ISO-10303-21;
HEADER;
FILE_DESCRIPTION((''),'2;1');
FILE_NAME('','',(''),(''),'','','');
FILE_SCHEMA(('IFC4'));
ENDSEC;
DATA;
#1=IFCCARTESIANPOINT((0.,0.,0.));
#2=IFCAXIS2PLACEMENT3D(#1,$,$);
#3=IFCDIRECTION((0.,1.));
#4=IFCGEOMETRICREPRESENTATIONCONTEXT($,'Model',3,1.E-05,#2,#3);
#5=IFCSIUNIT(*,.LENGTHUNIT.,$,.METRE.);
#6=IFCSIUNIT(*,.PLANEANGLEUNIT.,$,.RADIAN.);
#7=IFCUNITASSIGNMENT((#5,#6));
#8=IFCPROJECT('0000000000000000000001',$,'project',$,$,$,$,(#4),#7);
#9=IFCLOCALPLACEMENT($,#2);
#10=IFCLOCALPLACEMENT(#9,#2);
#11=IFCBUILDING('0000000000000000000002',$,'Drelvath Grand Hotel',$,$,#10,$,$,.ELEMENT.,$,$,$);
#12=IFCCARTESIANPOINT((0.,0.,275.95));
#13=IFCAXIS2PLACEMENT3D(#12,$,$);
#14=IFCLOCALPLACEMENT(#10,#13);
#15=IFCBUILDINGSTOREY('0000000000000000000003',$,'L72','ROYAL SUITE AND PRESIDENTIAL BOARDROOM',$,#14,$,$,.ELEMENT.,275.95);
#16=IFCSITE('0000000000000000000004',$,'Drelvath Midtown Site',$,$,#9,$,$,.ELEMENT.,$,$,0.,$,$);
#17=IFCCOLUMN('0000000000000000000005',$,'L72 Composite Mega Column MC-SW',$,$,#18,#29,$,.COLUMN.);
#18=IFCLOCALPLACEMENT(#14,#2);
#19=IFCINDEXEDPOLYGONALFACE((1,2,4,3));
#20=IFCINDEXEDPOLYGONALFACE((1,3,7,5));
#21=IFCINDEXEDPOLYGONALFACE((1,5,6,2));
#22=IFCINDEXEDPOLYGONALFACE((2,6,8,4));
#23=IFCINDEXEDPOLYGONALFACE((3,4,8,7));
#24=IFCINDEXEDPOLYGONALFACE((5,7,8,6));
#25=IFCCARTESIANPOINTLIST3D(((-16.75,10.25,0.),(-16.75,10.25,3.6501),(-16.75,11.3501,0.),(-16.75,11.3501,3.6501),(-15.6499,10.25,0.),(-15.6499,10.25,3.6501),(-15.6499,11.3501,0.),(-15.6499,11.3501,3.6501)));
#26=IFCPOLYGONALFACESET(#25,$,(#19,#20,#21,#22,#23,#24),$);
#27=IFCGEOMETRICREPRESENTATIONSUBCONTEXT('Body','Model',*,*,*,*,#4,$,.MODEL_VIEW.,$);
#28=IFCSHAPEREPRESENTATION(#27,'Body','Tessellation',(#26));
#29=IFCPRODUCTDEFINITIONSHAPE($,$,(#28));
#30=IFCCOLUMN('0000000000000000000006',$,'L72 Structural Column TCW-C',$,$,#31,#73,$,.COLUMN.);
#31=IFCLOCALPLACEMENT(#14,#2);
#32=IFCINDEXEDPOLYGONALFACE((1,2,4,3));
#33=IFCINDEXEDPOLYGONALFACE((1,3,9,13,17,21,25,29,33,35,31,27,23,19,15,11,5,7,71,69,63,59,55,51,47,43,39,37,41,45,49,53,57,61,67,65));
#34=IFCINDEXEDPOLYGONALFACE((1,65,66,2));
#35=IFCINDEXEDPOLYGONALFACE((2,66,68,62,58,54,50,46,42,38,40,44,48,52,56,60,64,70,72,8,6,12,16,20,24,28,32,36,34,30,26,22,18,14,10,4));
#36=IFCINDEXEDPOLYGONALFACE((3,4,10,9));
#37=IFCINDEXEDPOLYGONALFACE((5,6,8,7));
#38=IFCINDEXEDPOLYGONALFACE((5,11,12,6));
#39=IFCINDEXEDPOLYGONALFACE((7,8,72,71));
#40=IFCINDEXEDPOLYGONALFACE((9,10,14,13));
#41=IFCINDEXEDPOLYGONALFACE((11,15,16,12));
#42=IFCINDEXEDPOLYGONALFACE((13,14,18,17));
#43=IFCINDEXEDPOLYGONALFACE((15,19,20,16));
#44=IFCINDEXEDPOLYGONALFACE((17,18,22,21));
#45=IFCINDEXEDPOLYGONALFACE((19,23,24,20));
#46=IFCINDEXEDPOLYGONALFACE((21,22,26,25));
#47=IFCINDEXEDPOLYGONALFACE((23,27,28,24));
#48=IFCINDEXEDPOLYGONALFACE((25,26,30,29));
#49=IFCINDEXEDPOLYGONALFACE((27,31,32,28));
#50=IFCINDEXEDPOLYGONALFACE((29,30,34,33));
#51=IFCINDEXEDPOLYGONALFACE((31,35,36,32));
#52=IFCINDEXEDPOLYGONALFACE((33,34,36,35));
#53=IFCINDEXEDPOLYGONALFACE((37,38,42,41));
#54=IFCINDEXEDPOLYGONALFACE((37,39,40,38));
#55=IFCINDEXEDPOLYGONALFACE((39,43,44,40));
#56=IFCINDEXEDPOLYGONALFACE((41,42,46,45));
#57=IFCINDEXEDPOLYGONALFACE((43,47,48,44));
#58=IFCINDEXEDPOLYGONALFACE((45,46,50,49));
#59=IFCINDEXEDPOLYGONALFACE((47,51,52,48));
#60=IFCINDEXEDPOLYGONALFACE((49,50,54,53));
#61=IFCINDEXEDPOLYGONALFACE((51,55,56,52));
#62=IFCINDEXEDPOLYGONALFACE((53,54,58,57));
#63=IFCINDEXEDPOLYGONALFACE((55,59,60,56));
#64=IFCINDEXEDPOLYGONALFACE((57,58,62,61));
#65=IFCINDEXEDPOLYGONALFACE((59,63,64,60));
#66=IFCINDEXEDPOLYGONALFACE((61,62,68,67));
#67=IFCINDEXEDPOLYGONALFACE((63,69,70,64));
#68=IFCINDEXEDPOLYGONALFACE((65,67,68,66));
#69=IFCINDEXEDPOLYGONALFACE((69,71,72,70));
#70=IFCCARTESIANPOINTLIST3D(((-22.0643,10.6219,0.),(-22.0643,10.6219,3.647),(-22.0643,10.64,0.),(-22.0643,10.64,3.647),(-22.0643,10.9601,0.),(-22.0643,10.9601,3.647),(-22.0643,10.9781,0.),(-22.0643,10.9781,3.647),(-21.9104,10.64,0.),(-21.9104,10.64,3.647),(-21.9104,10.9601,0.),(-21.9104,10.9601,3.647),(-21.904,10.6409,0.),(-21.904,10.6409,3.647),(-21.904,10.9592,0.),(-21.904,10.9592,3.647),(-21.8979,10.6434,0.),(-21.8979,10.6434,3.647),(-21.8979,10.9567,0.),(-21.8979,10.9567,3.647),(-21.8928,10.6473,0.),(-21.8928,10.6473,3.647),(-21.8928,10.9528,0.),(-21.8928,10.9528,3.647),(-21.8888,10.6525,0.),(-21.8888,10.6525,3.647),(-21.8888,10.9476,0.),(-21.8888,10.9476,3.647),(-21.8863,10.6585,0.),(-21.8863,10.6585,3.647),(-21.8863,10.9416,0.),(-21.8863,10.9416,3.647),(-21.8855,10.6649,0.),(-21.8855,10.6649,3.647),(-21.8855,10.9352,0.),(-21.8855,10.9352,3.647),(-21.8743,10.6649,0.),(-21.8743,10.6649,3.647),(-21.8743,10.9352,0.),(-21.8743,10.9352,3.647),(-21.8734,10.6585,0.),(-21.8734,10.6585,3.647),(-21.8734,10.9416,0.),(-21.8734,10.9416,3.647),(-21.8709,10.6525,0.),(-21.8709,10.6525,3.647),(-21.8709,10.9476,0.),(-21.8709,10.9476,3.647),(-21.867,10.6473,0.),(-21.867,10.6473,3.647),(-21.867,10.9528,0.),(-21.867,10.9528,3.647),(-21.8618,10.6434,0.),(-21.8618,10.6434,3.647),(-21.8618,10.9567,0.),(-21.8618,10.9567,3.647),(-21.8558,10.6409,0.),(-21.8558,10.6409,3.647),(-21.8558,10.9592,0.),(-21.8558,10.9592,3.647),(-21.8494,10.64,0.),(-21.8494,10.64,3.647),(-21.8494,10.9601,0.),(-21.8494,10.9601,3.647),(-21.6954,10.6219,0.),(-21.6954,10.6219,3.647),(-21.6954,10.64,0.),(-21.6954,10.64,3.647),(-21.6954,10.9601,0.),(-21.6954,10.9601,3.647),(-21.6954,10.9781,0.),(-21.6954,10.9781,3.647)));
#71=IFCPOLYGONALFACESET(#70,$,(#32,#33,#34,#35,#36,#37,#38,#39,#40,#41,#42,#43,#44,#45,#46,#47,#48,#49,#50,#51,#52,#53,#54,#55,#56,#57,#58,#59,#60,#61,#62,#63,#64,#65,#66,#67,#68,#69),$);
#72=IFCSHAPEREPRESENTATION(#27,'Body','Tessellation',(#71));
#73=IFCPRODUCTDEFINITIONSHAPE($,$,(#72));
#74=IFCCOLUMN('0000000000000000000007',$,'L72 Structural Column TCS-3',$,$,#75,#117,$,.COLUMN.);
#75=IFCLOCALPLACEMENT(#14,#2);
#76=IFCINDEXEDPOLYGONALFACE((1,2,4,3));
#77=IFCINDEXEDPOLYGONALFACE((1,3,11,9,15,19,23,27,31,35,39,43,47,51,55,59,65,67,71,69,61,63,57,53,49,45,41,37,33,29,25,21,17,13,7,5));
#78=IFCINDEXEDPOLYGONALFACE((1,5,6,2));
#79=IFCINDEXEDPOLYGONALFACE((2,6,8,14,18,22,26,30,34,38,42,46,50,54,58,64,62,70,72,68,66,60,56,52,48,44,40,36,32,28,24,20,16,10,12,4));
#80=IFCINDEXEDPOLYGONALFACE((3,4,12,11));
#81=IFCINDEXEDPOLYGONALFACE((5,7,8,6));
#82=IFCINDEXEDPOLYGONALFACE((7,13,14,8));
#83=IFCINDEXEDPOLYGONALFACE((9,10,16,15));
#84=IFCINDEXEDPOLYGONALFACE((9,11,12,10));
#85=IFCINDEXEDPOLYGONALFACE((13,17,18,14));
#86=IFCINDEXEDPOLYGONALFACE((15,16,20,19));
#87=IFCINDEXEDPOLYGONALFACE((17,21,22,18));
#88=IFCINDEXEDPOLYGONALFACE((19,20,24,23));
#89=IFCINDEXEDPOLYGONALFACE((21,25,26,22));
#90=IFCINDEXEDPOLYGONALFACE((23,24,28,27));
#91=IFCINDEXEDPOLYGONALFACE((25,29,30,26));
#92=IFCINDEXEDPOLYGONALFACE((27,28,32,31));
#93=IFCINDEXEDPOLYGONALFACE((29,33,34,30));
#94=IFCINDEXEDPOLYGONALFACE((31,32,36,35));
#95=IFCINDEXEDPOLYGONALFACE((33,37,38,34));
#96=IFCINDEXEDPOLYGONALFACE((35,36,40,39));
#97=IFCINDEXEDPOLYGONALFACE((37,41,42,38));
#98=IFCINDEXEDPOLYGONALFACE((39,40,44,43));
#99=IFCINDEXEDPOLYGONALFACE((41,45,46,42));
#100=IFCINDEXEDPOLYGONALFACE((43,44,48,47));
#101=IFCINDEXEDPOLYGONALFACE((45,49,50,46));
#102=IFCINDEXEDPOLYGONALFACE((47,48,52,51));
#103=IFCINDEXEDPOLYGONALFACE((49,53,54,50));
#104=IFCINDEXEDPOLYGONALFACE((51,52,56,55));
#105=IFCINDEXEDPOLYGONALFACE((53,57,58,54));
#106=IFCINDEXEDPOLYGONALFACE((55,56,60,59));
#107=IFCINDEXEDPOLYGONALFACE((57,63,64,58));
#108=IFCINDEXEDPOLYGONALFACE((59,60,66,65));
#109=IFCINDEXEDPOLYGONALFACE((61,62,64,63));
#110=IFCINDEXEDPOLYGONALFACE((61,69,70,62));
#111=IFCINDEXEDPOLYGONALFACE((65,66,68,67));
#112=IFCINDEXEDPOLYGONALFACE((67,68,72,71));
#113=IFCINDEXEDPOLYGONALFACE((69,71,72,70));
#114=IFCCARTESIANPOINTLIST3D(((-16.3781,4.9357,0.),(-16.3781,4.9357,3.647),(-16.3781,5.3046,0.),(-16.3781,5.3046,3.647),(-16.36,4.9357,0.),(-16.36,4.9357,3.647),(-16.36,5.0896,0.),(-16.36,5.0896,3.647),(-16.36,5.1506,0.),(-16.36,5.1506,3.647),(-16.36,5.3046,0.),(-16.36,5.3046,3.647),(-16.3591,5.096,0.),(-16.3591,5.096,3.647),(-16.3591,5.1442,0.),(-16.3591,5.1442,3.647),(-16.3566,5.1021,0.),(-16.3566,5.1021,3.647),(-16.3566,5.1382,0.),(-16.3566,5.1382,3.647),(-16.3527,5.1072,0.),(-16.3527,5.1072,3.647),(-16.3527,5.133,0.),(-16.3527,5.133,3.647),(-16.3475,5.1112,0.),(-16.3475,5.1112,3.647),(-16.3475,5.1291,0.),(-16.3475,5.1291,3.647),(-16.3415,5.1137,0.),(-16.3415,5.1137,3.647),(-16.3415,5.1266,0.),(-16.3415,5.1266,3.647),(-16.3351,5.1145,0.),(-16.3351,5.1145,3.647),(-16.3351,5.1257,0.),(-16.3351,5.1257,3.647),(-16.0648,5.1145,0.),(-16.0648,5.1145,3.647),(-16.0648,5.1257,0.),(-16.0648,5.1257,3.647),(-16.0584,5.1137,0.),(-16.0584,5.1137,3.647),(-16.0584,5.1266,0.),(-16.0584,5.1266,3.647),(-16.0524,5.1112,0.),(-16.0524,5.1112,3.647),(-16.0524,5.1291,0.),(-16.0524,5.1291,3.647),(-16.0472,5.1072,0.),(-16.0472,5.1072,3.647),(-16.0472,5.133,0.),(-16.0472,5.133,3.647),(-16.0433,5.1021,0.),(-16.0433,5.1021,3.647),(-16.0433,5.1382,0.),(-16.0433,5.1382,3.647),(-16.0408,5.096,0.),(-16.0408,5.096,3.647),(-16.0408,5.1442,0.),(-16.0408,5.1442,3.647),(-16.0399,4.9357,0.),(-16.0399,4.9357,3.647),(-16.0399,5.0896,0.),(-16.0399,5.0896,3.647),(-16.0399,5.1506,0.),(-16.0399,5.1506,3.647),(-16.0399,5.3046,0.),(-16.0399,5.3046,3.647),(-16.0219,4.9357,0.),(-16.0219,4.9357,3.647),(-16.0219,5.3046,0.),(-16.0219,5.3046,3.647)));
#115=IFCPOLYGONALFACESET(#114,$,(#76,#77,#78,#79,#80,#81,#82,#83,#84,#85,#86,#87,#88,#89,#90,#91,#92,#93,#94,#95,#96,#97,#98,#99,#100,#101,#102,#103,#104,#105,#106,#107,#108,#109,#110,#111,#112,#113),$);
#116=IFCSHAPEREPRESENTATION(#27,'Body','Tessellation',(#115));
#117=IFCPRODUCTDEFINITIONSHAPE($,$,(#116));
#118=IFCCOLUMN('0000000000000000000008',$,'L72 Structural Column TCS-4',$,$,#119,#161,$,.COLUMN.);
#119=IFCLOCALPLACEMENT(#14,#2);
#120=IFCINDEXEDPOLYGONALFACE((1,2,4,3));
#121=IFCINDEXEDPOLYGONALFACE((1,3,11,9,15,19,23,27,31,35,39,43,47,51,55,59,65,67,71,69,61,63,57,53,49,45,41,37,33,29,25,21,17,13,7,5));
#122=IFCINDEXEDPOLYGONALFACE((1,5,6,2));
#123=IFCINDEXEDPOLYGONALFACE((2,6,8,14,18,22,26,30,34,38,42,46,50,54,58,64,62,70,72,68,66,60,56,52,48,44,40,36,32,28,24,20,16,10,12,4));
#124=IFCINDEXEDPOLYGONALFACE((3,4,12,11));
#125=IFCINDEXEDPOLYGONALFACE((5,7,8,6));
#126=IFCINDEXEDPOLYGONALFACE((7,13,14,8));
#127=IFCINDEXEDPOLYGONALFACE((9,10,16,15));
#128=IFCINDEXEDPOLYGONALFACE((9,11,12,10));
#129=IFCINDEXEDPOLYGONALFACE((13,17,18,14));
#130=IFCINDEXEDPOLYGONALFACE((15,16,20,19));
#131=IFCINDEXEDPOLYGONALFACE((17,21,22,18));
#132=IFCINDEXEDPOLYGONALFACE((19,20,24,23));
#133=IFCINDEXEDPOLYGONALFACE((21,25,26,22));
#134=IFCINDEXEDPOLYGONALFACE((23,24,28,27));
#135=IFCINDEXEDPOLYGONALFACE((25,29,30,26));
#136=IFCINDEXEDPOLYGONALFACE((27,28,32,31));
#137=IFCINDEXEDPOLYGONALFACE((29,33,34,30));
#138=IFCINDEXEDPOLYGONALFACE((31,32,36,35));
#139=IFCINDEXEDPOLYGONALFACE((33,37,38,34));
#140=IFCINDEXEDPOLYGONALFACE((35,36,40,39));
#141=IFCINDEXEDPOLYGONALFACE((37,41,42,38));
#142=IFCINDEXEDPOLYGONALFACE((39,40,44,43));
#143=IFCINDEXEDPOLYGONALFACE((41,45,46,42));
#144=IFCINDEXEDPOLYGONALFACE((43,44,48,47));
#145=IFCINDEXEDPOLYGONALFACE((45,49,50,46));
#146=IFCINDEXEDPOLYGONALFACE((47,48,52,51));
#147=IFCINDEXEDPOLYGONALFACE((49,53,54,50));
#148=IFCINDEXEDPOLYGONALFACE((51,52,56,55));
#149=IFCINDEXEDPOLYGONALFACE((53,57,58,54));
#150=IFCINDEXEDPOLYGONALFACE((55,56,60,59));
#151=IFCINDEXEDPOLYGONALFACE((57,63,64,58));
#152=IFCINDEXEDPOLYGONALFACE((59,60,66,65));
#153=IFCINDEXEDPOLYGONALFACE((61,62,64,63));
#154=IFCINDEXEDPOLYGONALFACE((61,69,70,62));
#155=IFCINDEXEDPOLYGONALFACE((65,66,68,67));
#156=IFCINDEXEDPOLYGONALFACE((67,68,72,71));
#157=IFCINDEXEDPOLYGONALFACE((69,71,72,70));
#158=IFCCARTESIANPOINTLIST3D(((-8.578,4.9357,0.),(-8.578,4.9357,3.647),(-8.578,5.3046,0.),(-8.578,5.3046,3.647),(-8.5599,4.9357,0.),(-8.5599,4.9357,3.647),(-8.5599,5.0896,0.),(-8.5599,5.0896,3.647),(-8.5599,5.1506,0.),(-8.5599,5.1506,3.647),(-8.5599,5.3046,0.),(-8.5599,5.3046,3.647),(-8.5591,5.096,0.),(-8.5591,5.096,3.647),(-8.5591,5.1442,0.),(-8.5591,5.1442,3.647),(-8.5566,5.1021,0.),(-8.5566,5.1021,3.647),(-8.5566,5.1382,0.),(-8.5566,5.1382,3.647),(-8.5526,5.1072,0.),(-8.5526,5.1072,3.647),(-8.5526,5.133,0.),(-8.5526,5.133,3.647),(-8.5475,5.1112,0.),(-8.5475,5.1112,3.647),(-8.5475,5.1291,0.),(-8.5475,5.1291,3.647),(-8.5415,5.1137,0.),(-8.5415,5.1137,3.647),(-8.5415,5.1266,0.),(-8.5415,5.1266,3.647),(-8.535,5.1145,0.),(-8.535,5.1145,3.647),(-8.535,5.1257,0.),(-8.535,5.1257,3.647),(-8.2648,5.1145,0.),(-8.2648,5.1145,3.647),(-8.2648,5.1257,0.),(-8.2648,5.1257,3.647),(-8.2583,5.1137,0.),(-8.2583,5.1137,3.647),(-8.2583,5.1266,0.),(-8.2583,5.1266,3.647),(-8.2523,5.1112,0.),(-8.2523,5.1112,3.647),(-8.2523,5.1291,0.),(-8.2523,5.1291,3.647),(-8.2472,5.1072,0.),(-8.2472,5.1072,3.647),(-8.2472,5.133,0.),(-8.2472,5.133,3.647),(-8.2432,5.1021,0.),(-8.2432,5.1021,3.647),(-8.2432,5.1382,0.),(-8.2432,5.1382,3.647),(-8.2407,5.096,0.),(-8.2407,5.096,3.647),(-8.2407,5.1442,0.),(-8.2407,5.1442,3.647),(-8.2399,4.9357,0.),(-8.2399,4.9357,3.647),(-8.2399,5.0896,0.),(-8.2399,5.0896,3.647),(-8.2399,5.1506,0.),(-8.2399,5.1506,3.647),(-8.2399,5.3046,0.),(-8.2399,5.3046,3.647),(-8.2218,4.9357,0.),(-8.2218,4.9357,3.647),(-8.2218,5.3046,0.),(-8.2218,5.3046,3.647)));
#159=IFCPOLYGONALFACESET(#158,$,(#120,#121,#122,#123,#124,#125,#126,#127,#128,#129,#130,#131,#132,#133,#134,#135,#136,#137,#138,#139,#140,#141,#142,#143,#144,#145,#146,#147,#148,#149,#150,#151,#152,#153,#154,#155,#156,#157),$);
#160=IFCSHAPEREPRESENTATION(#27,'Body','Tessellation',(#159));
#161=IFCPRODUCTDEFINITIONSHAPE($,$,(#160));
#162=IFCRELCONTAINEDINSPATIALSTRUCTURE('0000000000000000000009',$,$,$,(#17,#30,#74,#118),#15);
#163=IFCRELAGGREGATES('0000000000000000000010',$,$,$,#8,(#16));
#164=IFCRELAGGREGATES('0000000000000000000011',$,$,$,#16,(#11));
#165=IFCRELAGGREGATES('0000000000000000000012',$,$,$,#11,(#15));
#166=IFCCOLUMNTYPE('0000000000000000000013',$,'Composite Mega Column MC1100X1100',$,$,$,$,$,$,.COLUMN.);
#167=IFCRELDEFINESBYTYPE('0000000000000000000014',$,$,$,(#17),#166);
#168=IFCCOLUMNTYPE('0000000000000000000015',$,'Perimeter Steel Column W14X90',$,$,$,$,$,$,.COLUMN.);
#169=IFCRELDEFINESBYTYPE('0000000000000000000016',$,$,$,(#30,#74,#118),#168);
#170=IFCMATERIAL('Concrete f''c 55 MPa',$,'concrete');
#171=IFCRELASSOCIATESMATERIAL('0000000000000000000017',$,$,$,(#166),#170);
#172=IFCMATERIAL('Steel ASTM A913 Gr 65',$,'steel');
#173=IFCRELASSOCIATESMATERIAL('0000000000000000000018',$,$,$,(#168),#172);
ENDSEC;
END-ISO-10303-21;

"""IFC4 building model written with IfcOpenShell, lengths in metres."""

from ifc_helpers import new_model, si_unit, direction, frame, origin, origin_2d, place, context, subcontext, project, spatial, rectangle, i_section, extrude, material, material_profile, profile_set, type_object, element, save


model = new_model("IFC4")

# Units and contexts
model_context = context("Model", 3, precision=1e-05, world=origin(), true_north=direction((0.0, 1.0)))
body_context = subcontext(model_context, "Body", "Model", "MODEL_VIEW")
ifc_project = project(units=[si_unit("LENGTHUNIT", "METRE"), si_unit("PLANEANGLEUNIT", "RADIAN")], contexts=[model_context])

# Site, building, storey
site_placement = place(None, origin())
site = spatial("IfcSite", under=ifc_project, at=site_placement, Name="Drelvath Midtown Site", CompositionType="ELEMENT", RefElevation=0.0)
building_placement = place(site_placement, origin())
building = spatial("IfcBuilding", under=site, at=building_placement, Name="Drelvath Grand Hotel", CompositionType="ELEMENT")
storey_placement = place(building_placement, frame((0.0, 0.0, 275.95)))
storey = spatial("IfcBuildingStorey", under=building, at=storey_placement, Name="L72", Description="ROYAL SUITE AND PRESIDENTIAL BOARDROOM", CompositionType="ELEMENT", Elevation=275.95)

# Columns
ifc_material_1 = material(Name="Concrete f'c 55 MPa", Category="concrete")
ifc_material_profile_1 = material_profile(ifc_material_1, rectangle(XDim=1.1001, YDim=1.1001, at=origin_2d()), Name="MC1100X1100")
ifc_profile_set_1 = profile_set([ifc_material_profile_1], Name="Concrete f'c 55 MPa")
column_type_1 = type_object("IfcColumnType", Name="Composite Mega Column MC1100X1100", PredefinedType="COLUMN", material=ifc_profile_set_1)
column_placement = place(storey_placement, frame((-16.2, 10.8, 0.0), z_axis=(0.0, 0.0, 1.0), x_axis=(1.0, 0.0, 0.0)))
element("IfcColumn", 1, at=column_placement, inside=storey, type_object=column_type_1, Name="L72 Composite Mega Column MC-SW", PredefinedType="COLUMN", context=body_context, shape_type="SweptSolid", body=[
    extrude(rectangle(XDim=1.1001, YDim=1.1001, at=origin_2d()), origin(), (0.0, 0.0, 1.0), 3.6501),
])
ifc_material_2 = material(Name="Steel ASTM A913 Gr 65", Category="steel")
ifc_material_profile_2 = material_profile(ifc_material_2, i_section(OverallWidth=0.3689, OverallDepth=0.3562, WebThickness=0.0112, FlangeThickness=0.0181, FilletRadius=0.0249, at=origin_2d()), Name="W14X90")
ifc_profile_set_2 = profile_set([ifc_material_profile_2], Name="Steel ASTM A913 Gr 65")
column_type_2 = type_object("IfcColumnType", Name="Perimeter Steel Column W14X90", PredefinedType="COLUMN", material=ifc_profile_set_2)
for number, where, z_axis, x_axis, name in (
    (2, (-21.8799, 10.8, 0.0), (0.0, 0.0, 1.0), (1.0, 0.0, 0.0), "L72 Structural Column TCW-C"),
    (3, (-16.2, 5.1201, 0.0), (0.0, 0.0, 1.0), (0.0, 1.0, 0.0), "L72 Structural Column TCS-3"),
    (4, (-8.3999, 5.1201, 0.0), (0.0, 0.0, 1.0), (0.0, 1.0, 0.0), "L72 Structural Column TCS-4"),
):
    element("IfcColumn", number, at=place(storey_placement, frame(where, z_axis=z_axis, x_axis=x_axis)), inside=storey, type_object=column_type_2, Name=name, PredefinedType="COLUMN", context=body_context, shape_type="SweptSolid", body=[
        extrude(i_section(OverallWidth=0.3689, OverallDepth=0.3562, WebThickness=0.0112, FlangeThickness=0.0181, FilletRadius=0.0249, at=origin_2d()), origin(), (0.0, 0.0, 1.0), 3.647),
    ])

save(model, "model.ifc")
